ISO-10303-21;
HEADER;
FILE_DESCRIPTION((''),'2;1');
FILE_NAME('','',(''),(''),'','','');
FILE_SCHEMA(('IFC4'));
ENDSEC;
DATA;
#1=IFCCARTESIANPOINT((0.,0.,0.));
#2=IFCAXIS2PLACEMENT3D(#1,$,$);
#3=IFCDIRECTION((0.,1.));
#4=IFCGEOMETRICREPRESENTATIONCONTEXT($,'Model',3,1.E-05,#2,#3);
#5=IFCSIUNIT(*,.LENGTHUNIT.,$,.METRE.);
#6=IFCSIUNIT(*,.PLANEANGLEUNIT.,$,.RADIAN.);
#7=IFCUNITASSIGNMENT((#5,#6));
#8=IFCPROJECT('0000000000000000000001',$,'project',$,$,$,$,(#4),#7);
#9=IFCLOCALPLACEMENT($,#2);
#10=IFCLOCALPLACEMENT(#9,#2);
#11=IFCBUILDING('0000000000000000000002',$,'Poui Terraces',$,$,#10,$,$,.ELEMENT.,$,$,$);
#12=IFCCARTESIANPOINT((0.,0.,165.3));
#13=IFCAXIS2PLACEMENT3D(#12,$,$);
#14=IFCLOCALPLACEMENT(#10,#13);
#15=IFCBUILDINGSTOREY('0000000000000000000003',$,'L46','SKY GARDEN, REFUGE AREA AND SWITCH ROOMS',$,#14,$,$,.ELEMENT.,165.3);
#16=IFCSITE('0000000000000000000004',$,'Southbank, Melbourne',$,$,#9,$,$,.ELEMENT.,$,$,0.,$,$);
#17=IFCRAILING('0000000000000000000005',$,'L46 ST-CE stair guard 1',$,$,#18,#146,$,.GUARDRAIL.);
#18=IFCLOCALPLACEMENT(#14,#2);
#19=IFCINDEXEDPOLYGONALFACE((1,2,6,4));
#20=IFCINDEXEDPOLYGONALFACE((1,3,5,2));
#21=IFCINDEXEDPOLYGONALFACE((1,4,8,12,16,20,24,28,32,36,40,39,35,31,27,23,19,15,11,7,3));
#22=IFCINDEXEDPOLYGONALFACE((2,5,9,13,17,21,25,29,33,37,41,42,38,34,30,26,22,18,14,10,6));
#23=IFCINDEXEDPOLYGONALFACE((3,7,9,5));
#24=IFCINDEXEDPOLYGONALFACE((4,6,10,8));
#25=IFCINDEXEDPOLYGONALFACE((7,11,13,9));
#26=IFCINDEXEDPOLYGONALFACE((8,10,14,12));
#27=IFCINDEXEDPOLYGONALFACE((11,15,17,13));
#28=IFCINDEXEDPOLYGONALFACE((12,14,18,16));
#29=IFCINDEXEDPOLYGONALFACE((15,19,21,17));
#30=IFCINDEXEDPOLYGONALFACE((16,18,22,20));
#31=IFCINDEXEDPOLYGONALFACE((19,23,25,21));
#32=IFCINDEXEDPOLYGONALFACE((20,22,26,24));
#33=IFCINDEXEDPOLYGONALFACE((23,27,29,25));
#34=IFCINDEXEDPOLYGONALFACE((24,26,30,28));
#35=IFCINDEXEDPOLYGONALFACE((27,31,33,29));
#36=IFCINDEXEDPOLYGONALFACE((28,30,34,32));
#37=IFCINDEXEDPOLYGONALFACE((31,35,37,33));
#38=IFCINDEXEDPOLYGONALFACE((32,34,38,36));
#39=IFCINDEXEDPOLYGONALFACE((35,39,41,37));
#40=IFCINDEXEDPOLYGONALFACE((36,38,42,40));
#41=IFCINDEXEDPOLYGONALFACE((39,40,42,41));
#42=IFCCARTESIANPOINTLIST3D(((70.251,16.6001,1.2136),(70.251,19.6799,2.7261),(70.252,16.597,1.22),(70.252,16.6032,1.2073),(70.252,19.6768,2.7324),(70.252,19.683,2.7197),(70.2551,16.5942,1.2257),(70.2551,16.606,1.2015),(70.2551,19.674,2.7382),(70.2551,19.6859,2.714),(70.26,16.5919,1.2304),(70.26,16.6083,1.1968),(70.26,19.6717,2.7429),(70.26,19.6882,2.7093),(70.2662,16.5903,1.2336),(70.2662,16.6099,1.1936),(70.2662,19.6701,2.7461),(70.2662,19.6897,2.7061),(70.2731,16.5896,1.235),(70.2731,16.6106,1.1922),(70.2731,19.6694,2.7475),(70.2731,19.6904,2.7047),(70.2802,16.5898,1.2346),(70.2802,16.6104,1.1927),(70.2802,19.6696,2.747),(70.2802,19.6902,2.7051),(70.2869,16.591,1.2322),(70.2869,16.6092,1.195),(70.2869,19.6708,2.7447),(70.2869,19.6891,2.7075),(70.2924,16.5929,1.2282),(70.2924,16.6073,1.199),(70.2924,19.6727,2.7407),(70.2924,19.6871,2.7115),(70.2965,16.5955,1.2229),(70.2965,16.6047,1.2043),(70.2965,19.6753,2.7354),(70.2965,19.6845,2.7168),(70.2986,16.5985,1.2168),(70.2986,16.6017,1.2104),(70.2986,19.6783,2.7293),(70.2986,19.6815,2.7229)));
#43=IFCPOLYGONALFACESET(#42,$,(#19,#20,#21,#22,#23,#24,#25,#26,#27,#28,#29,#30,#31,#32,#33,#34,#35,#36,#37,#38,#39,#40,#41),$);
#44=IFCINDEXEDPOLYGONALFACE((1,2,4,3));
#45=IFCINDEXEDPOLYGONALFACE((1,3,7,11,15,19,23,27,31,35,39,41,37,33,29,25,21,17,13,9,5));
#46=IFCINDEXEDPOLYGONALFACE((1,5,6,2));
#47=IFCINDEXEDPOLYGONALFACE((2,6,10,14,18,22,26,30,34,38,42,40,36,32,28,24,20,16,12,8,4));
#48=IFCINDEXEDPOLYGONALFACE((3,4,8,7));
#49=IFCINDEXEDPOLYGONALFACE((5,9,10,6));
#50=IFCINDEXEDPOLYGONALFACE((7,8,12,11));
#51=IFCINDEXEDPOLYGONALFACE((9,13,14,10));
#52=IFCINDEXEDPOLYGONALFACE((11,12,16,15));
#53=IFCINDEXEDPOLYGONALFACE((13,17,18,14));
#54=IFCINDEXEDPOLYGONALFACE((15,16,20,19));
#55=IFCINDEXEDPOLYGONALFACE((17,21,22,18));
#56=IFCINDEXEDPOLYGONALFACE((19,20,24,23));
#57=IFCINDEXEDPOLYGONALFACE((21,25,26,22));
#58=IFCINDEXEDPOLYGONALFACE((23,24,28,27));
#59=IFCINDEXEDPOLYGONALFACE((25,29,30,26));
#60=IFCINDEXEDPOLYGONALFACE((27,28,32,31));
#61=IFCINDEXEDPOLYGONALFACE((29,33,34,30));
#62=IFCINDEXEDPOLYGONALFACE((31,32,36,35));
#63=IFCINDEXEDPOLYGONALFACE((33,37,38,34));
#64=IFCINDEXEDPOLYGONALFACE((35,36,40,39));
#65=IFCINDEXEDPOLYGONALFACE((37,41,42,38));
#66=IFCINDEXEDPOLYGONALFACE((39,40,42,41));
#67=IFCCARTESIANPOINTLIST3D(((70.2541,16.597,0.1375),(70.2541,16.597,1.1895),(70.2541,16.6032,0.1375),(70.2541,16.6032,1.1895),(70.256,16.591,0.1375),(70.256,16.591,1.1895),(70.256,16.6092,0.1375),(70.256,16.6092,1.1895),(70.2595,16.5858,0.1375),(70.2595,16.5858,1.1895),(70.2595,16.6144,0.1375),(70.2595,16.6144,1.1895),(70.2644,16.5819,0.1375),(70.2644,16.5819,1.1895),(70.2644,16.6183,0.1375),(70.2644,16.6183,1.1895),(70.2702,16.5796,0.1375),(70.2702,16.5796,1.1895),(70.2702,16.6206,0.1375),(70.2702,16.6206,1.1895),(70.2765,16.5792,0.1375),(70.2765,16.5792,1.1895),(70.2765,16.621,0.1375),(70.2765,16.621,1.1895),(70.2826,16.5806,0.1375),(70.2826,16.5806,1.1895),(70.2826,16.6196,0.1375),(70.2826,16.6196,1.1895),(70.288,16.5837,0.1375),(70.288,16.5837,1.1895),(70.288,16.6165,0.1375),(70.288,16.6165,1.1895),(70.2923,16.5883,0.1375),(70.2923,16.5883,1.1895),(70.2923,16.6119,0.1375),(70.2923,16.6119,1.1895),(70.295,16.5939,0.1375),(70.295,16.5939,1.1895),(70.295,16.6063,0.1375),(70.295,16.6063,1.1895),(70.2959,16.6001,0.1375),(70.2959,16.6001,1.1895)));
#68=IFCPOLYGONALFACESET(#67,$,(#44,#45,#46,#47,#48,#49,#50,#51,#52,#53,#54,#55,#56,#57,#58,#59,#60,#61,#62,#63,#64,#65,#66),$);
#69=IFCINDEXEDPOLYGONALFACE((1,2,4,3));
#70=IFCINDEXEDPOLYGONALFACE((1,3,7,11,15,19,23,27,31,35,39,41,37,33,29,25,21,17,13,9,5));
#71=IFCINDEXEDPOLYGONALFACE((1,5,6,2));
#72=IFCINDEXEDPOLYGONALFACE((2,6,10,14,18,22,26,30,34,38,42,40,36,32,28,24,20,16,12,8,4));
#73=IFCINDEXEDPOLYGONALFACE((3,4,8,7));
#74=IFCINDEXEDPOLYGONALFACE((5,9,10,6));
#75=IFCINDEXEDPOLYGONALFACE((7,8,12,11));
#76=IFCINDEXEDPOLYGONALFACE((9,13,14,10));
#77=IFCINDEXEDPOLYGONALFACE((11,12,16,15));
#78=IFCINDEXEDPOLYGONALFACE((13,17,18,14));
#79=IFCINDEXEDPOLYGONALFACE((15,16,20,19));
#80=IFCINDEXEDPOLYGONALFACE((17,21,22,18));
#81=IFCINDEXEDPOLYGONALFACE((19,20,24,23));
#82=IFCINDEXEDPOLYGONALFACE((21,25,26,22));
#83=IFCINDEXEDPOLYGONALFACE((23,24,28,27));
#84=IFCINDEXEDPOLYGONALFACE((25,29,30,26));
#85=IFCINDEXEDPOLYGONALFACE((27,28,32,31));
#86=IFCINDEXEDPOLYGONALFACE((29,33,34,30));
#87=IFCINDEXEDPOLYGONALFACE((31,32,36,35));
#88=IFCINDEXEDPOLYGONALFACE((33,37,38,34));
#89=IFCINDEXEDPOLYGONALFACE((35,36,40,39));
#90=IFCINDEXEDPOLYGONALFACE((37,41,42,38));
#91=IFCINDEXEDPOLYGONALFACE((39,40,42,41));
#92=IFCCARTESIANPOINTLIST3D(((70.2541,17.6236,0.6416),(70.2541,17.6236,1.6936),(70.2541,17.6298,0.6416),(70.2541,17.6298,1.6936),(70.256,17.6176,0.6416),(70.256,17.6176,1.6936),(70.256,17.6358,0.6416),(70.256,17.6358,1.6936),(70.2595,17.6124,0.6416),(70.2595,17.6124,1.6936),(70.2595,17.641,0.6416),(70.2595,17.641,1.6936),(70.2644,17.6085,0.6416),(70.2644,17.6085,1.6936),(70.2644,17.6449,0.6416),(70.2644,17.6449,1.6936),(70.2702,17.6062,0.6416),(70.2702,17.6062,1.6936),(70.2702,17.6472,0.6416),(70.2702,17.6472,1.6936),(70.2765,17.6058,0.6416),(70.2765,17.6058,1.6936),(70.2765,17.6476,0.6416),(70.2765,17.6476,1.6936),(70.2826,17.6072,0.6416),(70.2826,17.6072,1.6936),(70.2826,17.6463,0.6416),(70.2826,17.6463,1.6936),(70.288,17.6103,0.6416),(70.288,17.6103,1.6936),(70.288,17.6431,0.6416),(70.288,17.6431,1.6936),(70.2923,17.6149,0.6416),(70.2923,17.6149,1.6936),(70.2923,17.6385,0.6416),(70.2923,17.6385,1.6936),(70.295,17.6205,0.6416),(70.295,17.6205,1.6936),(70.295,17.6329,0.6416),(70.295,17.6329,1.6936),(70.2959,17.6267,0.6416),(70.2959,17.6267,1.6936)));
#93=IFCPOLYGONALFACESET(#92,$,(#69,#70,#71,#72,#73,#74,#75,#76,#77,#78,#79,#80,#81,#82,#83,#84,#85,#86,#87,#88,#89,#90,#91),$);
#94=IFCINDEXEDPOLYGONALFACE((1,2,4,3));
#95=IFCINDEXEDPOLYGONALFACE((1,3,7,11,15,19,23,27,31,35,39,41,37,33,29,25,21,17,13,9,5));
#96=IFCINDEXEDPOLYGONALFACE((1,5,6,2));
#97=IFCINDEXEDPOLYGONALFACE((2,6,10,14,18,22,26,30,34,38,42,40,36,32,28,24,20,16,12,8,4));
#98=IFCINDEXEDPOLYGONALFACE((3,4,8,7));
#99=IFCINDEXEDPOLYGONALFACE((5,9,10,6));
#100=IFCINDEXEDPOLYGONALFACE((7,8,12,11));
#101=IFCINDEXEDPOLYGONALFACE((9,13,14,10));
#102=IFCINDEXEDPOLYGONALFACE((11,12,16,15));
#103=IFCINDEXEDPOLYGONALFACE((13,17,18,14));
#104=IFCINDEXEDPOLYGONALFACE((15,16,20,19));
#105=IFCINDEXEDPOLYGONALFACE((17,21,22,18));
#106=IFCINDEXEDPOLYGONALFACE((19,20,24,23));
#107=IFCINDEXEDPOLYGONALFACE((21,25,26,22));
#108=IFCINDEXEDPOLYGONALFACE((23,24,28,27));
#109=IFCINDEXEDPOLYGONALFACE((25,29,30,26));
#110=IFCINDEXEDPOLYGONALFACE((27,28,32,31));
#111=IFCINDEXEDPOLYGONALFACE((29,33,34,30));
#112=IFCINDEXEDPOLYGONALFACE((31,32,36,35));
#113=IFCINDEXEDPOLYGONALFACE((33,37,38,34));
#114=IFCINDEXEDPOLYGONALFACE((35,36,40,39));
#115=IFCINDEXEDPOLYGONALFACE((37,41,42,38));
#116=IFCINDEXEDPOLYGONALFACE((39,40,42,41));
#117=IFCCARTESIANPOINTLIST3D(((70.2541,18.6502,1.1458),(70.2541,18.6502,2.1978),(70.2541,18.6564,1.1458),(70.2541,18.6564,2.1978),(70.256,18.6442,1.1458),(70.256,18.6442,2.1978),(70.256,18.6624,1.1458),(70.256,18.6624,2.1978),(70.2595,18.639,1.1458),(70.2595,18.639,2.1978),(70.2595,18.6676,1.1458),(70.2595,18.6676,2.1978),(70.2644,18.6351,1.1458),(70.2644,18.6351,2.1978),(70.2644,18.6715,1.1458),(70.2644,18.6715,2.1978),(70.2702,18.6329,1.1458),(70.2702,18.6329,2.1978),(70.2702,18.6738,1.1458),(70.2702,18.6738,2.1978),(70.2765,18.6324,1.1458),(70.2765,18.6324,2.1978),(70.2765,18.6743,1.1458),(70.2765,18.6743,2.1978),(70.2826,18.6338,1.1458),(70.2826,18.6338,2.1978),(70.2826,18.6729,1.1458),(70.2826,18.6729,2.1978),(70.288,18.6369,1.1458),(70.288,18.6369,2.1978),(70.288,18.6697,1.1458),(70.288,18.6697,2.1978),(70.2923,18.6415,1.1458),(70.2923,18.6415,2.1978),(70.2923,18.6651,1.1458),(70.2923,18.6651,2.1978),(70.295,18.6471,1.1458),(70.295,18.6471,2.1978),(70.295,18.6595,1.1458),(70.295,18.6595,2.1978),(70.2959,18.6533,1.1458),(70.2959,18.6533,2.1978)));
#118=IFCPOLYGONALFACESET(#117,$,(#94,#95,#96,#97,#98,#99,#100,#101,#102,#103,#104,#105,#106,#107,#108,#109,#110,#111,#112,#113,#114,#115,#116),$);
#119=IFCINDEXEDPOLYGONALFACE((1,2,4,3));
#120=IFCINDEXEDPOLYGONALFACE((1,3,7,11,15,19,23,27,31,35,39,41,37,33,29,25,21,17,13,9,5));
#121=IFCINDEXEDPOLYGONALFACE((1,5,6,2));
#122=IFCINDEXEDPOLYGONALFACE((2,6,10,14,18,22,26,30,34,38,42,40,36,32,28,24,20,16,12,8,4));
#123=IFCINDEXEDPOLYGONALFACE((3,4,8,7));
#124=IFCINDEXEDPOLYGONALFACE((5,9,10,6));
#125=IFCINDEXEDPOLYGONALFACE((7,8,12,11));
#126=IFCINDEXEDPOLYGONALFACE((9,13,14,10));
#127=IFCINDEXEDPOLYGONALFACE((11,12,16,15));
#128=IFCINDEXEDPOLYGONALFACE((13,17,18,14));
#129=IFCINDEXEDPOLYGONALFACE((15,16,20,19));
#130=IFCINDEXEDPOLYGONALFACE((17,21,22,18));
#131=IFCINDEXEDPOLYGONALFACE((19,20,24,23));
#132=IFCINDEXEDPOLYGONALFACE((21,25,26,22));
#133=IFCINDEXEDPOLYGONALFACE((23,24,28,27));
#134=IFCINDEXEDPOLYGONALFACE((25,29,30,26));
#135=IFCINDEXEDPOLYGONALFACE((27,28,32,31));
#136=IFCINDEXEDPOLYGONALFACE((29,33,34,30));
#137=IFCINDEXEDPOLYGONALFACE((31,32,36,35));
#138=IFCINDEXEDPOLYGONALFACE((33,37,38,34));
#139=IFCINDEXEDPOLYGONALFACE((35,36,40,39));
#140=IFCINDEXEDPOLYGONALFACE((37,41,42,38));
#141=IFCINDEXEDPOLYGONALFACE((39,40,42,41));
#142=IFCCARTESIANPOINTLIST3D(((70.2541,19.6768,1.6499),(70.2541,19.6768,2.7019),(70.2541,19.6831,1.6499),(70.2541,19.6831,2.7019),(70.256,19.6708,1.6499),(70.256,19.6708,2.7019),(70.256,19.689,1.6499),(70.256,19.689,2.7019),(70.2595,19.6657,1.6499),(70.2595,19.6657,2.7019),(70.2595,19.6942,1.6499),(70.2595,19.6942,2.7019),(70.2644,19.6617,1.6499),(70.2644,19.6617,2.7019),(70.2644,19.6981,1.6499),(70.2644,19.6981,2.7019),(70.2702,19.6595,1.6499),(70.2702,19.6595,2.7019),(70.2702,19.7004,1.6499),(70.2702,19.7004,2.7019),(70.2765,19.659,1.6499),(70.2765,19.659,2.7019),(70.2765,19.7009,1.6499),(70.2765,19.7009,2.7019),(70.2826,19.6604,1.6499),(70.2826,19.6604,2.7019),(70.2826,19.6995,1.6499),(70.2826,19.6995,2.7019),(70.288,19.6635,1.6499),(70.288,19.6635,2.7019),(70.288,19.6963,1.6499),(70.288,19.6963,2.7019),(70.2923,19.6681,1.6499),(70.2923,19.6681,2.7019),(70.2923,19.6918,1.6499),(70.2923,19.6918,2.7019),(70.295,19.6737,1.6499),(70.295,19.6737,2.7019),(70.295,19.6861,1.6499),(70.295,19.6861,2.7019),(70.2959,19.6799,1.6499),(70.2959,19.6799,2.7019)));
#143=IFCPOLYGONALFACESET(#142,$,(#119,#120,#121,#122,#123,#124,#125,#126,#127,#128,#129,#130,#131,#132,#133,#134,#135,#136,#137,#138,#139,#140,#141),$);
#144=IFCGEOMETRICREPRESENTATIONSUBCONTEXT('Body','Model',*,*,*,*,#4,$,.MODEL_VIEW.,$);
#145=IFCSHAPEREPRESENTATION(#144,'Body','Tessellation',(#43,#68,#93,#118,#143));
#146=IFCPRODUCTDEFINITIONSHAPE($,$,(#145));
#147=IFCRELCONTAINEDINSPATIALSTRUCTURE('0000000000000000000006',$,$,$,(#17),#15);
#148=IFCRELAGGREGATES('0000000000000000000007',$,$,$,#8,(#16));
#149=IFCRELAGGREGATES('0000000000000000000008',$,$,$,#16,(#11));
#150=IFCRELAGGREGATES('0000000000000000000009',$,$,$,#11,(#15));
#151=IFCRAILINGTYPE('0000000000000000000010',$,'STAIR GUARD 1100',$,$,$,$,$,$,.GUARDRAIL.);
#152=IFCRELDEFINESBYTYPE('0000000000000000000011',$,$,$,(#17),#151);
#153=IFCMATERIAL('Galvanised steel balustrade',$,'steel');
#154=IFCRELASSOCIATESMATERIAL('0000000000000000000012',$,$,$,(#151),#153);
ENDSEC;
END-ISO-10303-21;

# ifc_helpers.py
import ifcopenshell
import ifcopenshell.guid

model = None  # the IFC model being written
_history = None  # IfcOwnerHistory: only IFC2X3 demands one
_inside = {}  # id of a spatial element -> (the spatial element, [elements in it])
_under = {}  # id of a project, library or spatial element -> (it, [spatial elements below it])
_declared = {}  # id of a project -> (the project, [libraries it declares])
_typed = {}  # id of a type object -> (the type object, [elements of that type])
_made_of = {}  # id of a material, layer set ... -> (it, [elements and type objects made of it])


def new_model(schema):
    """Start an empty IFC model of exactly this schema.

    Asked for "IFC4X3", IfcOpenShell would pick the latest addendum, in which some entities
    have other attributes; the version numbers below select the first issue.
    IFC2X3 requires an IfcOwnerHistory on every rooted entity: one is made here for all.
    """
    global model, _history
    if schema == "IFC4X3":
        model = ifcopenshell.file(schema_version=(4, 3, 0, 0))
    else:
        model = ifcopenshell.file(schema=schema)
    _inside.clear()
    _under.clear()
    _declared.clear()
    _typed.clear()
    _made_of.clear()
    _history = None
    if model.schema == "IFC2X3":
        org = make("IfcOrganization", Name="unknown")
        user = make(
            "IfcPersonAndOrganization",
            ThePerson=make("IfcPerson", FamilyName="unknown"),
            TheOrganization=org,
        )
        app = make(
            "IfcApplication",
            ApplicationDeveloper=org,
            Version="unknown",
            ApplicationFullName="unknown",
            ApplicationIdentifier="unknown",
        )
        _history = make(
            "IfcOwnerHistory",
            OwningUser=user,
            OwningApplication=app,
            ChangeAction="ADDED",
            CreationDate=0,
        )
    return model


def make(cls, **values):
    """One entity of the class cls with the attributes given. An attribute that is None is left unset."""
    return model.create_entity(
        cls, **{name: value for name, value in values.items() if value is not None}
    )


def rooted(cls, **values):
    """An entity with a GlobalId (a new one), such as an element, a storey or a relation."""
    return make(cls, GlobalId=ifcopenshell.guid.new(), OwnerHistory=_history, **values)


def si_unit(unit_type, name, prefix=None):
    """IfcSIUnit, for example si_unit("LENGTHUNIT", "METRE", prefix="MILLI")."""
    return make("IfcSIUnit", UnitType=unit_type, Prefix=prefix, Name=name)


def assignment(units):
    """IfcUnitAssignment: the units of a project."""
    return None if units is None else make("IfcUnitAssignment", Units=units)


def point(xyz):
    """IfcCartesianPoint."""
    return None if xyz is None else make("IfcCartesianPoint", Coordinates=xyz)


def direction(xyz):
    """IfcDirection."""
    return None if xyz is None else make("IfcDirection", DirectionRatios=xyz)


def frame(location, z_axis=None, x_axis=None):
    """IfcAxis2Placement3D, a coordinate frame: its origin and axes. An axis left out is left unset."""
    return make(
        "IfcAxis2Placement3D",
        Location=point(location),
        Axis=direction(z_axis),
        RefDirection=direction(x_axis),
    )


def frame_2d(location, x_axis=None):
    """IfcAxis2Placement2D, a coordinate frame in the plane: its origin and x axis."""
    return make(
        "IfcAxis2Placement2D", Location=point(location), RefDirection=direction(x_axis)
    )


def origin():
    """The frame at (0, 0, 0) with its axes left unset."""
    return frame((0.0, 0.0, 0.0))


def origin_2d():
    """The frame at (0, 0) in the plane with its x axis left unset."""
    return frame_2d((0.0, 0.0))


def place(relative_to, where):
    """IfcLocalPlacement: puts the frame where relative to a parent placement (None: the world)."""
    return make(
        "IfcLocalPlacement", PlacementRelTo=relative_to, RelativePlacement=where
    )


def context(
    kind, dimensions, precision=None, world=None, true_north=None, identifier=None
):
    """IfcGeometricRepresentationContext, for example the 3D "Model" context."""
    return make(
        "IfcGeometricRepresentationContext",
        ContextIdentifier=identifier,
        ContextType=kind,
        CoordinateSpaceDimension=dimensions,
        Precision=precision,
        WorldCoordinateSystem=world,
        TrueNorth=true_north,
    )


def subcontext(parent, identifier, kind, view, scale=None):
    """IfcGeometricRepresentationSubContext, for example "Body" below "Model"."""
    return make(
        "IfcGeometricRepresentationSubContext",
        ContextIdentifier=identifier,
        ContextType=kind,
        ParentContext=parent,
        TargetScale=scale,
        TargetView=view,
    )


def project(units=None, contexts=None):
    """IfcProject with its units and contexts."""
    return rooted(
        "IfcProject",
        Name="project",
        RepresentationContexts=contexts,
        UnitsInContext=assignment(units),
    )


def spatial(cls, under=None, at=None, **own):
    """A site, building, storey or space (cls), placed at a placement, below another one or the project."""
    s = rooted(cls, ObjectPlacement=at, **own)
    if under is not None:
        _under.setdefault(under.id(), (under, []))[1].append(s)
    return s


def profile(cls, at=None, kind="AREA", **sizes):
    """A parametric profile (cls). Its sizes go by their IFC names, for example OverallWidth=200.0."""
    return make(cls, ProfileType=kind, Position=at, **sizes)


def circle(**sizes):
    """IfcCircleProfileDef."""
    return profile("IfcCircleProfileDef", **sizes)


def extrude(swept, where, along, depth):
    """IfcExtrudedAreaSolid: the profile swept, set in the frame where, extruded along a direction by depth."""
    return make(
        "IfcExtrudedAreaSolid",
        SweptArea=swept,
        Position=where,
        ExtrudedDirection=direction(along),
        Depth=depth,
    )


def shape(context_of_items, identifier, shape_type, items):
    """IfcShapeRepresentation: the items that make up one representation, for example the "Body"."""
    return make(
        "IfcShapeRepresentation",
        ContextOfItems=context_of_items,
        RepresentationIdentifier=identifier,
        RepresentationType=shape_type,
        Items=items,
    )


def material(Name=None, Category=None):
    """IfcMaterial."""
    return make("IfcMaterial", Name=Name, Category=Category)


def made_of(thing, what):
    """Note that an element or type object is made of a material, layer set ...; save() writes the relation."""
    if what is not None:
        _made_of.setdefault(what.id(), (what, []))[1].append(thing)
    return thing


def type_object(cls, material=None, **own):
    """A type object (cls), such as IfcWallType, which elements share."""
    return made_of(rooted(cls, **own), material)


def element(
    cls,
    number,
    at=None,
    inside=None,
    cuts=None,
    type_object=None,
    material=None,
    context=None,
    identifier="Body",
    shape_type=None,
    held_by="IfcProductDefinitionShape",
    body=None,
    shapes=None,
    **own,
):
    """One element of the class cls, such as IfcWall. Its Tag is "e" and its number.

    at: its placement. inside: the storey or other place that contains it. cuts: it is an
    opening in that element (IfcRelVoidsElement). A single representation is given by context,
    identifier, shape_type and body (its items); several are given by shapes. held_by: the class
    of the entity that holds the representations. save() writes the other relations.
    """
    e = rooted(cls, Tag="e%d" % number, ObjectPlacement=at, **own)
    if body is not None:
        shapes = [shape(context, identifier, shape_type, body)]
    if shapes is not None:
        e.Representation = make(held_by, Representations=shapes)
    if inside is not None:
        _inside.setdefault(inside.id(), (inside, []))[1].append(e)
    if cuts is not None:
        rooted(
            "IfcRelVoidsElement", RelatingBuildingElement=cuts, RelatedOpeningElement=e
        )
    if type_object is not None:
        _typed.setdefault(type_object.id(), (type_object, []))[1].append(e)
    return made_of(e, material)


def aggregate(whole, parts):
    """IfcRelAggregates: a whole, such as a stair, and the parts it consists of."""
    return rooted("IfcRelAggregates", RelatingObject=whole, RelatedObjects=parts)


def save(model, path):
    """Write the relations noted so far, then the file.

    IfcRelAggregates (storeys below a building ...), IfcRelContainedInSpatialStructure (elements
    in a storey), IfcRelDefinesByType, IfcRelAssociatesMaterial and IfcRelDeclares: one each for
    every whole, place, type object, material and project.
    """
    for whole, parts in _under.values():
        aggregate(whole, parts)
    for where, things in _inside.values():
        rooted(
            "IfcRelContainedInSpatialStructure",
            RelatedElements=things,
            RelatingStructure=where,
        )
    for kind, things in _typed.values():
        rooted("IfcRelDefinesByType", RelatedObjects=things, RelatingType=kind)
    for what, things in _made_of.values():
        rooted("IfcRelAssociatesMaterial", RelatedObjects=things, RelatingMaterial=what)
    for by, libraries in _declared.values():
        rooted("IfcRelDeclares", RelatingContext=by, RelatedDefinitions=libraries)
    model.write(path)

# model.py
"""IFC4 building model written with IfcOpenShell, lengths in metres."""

from ifc_helpers import new_model, si_unit, direction, frame, origin, origin_2d, place, context, subcontext, project, spatial, circle, extrude, material, type_object, element, save


model = new_model("IFC4")

# Units and contexts
model_context = context("Model", 3, precision=1e-05, world=origin(), true_north=direction((0.0, 1.0)))
body_context = subcontext(model_context, "Body", "Model", "MODEL_VIEW")
ifc_project = project(units=[si_unit("LENGTHUNIT", "METRE"), si_unit("PLANEANGLEUNIT", "RADIAN")], contexts=[model_context])

# Site, building, storey
site_placement = place(None, origin())
site = spatial("IfcSite", under=ifc_project, at=site_placement, Name="Southbank, Melbourne", CompositionType="ELEMENT", RefElevation=0.0)
building_placement = place(site_placement, origin())
building = spatial("IfcBuilding", under=site, at=building_placement, Name="Poui Terraces", CompositionType="ELEMENT")
storey_placement = place(building_placement, frame((0.0, 0.0, 165.3)))
storey = spatial("IfcBuildingStorey", under=building, at=storey_placement, Name="L46", Description="SKY GARDEN, REFUGE AREA AND SWITCH ROOMS", CompositionType="ELEMENT", Elevation=165.3)

# Railing
ifc_material_1 = material(Name="Galvanised steel balustrade", Category="steel")
railing_type_1 = type_object("IfcRailingType", Name="STAIR GUARD 1100", PredefinedType="GUARDRAIL", material=ifc_material_1)
railing_1_placement = place(storey_placement, frame((70.2749, 16.6001, 0.1375)))
element("IfcRailing", 1, at=railing_1_placement, inside=storey, type_object=railing_type_1, Name="L46 ST-CE stair guard 1", PredefinedType="GUARDRAIL", context=body_context, shape_type="SweptSolid", body=[
    extrude(circle(Radius=0.0239, at=origin_2d()), frame((0.0, 0.0, 1.0762), z_axis=(0.0, 0.897606, 0.440798), x_axis=(-1.0, 0.0, 0.0)), (0.0, 0.0, 1.0), 3.4312),
    extrude(circle(Radius=0.021, at=origin_2d()), origin(), (0.0, 0.0, 1.0), 1.052),
    extrude(circle(Radius=0.021, at=origin_2d()), frame((0.0, 1.0266, 0.5042)), (0.0, 0.0, 1.0), 1.052),
    extrude(circle(Radius=0.021, at=origin_2d()), frame((0.0, 2.0532, 1.0083)), (0.0, 0.0, 1.0), 1.052),
    extrude(circle(Radius=0.021, at=origin_2d()), frame((0.0, 3.0798, 1.5125)), (0.0, 0.0, 1.0), 1.052),
])

save(model, "model.ifc")
